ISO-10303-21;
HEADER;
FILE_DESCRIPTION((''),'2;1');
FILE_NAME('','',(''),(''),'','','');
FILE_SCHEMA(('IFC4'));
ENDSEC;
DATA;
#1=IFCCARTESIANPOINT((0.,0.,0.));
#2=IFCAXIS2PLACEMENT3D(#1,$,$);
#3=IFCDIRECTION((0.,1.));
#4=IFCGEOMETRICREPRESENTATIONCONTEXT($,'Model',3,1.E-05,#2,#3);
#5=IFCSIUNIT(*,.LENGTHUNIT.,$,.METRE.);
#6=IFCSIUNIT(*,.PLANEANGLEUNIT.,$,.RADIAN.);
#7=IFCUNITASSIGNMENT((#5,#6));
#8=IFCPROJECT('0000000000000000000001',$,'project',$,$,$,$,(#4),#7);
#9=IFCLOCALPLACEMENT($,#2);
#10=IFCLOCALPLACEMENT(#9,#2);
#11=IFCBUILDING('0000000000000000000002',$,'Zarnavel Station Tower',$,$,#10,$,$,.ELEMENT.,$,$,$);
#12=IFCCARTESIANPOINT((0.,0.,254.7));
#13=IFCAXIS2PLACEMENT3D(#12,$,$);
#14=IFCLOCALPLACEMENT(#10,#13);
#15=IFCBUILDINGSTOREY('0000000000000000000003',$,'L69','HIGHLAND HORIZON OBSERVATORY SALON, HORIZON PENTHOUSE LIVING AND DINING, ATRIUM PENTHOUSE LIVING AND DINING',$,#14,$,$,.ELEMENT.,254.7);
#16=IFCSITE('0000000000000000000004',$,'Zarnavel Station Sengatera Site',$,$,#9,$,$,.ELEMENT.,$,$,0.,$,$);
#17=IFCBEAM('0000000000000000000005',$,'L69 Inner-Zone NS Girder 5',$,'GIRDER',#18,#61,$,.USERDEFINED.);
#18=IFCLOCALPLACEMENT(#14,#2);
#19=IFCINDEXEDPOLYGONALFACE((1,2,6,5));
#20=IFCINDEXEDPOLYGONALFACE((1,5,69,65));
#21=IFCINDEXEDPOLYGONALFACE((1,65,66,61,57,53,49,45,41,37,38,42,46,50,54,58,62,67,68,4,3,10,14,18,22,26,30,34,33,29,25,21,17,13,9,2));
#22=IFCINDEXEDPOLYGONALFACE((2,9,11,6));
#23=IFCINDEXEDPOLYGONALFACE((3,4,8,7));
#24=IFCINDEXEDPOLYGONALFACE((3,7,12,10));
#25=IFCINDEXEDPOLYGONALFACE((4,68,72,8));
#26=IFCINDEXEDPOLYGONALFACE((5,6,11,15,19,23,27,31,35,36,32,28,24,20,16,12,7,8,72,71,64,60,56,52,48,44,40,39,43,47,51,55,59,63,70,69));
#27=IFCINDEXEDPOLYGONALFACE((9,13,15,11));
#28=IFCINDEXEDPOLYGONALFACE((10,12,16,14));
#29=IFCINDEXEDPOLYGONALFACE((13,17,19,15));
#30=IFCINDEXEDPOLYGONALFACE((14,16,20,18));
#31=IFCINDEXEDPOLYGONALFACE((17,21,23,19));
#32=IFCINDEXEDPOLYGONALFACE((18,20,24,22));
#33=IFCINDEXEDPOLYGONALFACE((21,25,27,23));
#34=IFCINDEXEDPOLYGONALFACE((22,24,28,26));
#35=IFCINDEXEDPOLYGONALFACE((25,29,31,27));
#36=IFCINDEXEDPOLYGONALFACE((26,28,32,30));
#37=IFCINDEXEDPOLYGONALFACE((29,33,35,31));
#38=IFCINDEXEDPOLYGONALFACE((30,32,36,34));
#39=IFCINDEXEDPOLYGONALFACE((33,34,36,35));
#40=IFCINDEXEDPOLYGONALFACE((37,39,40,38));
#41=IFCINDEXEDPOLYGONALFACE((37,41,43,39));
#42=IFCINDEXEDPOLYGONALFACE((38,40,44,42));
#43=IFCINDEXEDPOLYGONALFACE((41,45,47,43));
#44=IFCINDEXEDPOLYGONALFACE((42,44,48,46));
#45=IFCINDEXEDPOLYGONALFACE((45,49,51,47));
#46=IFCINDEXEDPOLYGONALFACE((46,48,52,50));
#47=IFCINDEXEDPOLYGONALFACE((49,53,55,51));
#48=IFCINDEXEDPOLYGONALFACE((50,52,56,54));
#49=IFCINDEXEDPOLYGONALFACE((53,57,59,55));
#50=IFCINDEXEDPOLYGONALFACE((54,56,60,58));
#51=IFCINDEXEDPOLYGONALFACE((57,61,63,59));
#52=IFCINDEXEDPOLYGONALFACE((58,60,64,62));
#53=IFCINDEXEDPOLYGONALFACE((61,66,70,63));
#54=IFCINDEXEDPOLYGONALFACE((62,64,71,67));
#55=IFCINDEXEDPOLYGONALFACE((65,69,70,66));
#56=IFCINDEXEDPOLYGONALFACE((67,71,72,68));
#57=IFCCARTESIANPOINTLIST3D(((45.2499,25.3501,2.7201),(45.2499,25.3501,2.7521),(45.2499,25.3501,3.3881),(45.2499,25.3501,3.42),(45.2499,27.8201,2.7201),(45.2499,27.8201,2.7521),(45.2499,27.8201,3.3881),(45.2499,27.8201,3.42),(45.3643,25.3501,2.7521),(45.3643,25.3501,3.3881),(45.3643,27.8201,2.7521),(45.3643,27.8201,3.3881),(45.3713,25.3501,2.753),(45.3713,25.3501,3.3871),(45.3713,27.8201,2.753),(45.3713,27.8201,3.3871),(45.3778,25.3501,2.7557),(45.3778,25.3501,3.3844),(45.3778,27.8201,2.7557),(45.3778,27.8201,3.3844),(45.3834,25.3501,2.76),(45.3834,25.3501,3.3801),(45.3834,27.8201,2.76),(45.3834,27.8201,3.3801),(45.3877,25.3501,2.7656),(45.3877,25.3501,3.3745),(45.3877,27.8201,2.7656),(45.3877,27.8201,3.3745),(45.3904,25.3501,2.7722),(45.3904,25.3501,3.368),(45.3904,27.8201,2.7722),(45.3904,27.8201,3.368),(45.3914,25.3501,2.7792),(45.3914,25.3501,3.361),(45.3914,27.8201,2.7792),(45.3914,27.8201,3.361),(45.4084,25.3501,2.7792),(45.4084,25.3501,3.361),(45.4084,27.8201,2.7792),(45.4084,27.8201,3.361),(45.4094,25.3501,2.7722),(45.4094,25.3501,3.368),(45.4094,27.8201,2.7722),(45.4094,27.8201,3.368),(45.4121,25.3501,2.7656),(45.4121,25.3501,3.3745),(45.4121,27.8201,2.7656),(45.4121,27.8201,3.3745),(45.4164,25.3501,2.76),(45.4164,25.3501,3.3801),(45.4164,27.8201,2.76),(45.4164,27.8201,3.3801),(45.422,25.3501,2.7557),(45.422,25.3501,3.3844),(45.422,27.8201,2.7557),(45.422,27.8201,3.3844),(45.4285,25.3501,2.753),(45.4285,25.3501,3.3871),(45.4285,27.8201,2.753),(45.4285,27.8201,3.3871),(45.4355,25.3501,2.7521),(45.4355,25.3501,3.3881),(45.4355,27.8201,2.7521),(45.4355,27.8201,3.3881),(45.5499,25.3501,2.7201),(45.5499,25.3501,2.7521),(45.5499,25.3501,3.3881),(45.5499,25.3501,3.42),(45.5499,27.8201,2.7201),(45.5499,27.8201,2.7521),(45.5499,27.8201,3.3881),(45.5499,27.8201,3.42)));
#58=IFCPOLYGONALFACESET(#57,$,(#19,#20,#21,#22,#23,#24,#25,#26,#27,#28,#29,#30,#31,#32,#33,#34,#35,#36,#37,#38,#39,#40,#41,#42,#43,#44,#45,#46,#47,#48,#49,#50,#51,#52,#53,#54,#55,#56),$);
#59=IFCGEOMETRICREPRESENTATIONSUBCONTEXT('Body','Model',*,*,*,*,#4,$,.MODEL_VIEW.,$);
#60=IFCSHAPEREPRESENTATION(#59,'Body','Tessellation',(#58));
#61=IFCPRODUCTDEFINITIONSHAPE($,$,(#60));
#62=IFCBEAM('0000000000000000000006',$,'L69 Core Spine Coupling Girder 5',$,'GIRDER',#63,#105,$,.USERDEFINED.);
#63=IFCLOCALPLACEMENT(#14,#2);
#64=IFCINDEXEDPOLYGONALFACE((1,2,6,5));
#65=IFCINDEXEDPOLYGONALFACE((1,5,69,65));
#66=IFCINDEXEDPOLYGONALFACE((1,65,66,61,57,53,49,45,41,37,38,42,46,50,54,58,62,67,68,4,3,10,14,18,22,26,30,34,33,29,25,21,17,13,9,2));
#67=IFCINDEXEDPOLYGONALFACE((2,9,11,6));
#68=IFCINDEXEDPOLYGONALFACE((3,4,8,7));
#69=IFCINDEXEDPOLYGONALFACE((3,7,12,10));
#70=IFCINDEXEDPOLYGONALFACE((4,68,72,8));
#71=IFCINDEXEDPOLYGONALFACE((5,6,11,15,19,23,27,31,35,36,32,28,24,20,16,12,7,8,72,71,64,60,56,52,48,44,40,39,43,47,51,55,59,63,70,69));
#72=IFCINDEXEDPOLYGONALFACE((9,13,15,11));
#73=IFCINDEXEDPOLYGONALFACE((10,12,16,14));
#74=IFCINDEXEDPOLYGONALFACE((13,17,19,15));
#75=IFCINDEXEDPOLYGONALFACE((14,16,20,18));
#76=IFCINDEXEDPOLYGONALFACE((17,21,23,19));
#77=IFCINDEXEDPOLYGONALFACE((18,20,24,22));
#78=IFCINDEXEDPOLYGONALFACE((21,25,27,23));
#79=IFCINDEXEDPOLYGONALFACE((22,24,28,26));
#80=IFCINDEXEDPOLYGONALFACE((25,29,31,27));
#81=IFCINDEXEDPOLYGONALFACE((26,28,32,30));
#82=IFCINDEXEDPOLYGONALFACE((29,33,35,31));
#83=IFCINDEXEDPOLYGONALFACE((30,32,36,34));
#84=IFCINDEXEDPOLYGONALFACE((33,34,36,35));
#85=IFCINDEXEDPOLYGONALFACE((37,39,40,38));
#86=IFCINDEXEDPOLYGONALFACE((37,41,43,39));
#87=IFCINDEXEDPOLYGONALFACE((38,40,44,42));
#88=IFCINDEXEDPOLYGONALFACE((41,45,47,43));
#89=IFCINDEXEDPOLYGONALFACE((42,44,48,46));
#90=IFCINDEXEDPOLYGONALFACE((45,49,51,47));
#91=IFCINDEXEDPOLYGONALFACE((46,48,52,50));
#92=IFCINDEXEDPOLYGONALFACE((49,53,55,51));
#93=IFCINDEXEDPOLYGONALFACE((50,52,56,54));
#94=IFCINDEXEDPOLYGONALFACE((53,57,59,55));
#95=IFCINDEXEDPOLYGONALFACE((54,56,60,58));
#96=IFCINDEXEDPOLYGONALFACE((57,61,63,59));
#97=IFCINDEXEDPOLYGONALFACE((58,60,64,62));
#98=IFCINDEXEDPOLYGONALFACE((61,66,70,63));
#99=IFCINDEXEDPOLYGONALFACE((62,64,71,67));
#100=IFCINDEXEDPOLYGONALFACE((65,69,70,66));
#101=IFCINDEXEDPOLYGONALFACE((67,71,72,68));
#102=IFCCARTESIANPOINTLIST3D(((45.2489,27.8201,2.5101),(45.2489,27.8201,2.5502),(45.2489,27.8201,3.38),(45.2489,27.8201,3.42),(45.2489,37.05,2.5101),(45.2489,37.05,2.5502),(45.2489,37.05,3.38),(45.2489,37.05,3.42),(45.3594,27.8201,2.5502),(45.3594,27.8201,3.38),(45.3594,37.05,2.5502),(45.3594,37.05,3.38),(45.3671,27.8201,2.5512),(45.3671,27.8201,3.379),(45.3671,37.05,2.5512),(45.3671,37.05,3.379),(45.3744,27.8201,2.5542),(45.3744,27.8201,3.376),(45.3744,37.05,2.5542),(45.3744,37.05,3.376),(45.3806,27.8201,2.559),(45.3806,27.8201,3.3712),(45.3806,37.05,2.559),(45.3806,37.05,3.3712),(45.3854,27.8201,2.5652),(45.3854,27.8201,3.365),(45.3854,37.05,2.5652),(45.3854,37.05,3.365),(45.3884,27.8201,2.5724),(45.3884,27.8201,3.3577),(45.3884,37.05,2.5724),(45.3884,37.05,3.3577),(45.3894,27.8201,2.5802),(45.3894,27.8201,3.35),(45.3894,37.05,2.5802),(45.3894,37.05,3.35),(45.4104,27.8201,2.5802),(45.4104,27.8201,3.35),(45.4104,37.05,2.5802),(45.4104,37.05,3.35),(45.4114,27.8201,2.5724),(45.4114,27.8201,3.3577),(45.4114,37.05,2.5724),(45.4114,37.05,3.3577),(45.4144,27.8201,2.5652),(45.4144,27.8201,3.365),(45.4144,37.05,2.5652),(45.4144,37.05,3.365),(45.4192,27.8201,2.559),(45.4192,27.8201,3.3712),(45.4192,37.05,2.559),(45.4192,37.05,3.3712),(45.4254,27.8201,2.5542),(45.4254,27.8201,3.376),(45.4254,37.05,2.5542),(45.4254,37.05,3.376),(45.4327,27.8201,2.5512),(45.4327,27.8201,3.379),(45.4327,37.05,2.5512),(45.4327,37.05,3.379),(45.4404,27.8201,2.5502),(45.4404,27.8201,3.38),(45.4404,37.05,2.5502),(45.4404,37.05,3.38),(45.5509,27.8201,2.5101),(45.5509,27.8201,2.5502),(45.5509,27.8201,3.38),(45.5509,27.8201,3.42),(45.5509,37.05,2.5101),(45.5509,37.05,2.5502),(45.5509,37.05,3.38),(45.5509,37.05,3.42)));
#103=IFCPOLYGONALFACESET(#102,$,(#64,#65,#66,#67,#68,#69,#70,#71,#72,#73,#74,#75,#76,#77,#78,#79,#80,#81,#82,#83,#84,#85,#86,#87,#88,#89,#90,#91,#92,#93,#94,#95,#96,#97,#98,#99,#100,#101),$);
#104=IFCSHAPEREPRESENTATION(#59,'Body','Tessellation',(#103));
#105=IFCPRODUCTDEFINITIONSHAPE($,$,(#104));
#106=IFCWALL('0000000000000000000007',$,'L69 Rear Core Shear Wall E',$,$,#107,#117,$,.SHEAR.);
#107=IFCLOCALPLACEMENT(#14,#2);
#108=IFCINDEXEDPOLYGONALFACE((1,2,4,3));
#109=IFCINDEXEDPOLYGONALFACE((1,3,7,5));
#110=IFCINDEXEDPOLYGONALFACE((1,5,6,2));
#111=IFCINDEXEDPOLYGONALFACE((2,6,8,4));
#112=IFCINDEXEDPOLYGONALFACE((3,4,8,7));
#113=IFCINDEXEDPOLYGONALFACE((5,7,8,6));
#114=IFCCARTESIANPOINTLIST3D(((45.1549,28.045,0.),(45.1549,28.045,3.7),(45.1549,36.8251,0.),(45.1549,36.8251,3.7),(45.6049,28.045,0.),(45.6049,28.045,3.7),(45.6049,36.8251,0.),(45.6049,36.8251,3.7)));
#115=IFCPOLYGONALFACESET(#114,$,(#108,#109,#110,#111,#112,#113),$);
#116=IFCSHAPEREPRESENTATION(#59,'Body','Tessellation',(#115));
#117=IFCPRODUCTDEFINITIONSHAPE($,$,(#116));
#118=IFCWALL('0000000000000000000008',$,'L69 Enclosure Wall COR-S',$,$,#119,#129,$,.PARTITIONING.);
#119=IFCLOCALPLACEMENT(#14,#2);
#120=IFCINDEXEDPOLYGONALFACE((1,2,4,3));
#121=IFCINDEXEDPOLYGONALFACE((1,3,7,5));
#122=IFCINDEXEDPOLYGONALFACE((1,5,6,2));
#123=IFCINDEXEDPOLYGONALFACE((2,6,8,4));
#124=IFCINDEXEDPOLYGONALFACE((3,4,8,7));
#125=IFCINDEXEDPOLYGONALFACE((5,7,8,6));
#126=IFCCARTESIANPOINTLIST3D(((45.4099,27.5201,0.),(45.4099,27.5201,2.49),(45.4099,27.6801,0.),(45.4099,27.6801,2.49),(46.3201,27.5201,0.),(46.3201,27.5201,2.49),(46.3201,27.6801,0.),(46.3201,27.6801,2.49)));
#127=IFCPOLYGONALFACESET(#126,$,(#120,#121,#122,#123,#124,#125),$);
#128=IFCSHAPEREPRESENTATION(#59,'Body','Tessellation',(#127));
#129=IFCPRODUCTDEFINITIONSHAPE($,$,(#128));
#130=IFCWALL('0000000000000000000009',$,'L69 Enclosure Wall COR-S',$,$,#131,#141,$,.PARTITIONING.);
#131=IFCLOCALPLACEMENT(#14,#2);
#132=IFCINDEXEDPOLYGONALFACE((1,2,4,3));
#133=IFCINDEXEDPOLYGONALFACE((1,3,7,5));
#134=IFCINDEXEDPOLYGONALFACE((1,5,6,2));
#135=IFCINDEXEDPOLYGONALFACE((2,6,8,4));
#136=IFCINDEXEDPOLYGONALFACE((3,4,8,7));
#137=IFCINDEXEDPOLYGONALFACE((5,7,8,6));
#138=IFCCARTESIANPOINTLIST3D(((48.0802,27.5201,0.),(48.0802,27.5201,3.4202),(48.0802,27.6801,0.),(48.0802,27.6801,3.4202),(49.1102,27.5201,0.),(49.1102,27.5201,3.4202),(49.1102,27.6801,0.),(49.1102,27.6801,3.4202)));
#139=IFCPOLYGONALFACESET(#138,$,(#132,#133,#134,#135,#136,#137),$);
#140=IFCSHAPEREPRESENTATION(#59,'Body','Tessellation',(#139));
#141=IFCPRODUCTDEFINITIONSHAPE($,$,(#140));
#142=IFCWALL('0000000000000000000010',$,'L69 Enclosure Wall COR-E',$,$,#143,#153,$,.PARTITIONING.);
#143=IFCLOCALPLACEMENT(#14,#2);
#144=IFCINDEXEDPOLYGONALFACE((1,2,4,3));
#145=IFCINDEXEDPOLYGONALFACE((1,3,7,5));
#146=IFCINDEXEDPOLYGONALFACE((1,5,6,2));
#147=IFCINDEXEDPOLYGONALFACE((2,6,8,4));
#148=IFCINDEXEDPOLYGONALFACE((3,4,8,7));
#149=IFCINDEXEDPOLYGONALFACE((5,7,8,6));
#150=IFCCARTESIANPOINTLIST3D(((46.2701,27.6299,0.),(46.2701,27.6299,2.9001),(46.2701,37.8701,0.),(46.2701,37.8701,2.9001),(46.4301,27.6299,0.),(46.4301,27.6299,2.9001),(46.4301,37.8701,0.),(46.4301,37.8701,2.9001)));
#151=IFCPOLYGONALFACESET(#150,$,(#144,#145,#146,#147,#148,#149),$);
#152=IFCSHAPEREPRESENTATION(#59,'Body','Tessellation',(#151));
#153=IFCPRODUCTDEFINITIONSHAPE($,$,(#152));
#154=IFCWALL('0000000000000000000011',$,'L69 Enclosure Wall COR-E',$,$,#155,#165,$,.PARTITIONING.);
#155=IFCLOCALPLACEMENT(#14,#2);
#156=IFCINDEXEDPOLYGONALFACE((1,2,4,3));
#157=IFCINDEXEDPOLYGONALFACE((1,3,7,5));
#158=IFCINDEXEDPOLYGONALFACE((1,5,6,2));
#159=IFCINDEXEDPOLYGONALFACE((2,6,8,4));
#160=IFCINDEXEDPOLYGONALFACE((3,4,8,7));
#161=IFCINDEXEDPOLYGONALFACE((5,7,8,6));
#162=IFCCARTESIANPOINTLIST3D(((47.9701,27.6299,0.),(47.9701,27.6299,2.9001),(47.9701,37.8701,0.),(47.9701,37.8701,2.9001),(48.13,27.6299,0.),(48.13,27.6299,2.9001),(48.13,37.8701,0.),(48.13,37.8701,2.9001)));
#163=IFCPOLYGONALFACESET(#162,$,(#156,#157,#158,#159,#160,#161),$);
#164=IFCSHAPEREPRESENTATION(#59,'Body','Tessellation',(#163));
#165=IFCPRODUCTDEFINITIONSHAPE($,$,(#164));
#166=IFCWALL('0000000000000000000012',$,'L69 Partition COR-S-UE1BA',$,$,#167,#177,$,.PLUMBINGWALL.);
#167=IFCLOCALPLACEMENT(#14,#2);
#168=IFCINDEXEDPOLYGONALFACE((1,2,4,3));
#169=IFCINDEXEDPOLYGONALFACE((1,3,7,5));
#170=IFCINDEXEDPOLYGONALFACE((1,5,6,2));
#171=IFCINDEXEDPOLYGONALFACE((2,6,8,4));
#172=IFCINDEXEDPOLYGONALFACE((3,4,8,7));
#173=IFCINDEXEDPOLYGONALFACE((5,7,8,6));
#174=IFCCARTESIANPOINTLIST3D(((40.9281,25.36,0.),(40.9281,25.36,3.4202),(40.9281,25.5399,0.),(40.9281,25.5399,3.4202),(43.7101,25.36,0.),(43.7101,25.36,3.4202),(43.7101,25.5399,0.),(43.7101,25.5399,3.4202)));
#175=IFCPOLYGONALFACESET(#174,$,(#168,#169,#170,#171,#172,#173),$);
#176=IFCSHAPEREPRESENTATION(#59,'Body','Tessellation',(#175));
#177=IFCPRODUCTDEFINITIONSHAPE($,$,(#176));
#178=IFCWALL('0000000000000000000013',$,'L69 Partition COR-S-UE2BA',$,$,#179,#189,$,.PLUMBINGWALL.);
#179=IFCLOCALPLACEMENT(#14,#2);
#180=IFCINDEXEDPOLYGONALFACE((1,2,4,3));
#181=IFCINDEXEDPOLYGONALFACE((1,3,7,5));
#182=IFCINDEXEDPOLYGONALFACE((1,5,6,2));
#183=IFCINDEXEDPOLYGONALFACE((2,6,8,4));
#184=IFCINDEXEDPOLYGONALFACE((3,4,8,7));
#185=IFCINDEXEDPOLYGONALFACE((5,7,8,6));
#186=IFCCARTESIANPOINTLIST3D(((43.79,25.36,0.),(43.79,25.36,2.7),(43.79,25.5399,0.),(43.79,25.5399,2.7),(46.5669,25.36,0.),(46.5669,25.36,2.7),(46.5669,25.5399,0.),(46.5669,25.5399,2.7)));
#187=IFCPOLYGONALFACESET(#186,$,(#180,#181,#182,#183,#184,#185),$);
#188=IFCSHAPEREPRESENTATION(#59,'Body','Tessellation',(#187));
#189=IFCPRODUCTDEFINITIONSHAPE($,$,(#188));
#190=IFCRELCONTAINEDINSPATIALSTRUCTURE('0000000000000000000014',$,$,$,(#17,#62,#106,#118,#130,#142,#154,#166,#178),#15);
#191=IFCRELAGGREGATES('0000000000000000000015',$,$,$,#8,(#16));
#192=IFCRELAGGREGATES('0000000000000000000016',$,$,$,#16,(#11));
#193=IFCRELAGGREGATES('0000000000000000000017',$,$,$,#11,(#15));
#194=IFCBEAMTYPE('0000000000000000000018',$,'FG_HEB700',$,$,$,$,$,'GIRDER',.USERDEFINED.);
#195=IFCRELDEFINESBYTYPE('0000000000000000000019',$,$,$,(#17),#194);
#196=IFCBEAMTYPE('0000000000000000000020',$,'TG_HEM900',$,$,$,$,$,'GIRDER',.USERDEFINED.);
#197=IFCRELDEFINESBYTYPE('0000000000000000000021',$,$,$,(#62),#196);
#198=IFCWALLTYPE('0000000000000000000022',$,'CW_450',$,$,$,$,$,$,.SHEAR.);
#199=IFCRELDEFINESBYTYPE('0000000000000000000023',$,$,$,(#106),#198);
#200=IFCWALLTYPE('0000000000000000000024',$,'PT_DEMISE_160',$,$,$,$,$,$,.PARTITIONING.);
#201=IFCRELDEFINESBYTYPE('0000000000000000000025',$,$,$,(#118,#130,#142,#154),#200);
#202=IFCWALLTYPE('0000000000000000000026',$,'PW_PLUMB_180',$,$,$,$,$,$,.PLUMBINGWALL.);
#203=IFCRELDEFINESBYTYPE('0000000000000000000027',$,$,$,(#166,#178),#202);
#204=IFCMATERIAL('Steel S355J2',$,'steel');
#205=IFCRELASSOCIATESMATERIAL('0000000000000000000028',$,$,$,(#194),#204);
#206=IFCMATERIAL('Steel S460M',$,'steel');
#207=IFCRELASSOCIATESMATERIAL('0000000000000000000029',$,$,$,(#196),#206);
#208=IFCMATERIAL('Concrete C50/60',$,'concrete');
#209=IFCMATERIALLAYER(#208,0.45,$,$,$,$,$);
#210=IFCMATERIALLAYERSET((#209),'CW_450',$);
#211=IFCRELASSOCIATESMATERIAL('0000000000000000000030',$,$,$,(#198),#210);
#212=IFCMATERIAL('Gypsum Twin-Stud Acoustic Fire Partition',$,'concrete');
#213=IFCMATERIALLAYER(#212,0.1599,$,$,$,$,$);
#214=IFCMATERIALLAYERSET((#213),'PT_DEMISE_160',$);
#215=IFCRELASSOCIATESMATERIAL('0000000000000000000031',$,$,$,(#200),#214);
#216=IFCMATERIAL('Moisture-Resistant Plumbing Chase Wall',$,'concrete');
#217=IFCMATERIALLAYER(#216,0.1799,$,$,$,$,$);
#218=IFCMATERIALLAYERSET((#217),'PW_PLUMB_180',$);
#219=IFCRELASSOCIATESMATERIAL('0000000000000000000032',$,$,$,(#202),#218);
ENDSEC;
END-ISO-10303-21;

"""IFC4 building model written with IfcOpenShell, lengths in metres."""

from ifc_helpers import new_model, si_unit, direction, frame, frame_2d, origin, origin_2d, place, context, subcontext, project, spatial, rectangle, i_section, extrude, material, layer, layer_set, material_profile, profile_set, type_object, element, save


model = new_model("IFC4")

# Units and contexts
model_context = context("Model", 3, precision=1e-05, world=origin(), true_north=direction((0.0, 1.0)))
body_context = subcontext(model_context, "Body", "Model", "MODEL_VIEW")
ifc_project = project(units=[si_unit("LENGTHUNIT", "METRE"), si_unit("PLANEANGLEUNIT", "RADIAN")], contexts=[model_context])

# Site, building, storey
site_placement = place(None, origin())
site = spatial("IfcSite", under=ifc_project, at=site_placement, Name="Zarnavel Station Sengatera Site", CompositionType="ELEMENT", RefElevation=0.0)
building_placement = place(site_placement, origin())
building = spatial("IfcBuilding", under=site, at=building_placement, Name="Zarnavel Station Tower", CompositionType="ELEMENT")
storey_placement = place(building_placement, frame((0.0, 0.0, 254.7)))
storey = spatial("IfcBuildingStorey", under=building, at=storey_placement, Name="L69", Description="HIGHLAND HORIZON OBSERVATORY SALON, HORIZON PENTHOUSE LIVING AND DINING, ATRIUM PENTHOUSE LIVING AND DINING", CompositionType="ELEMENT", Elevation=254.7)

# Beams
ifc_material_1 = material(Name="Steel S355J2", Category="steel")
ifc_material_profile_1 = material_profile(ifc_material_1, i_section(OverallWidth=0.3, OverallDepth=0.7, WebThickness=0.0171, FlangeThickness=0.032, FilletRadius=0.0271, at=origin_2d()), Name="HEB700")
ifc_profile_set_1 = profile_set([ifc_material_profile_1], Name="Steel S355J2")
beam_type_1 = type_object("IfcBeamType", Name="FG_HEB700", ElementType="GIRDER", PredefinedType="USERDEFINED", material=ifc_profile_set_1)
beam_1_placement = place(storey_placement, frame((45.3999, 25.3501, 3.0701), z_axis=(0.0, 1.0, 0.0), x_axis=(-1.0, 0.0, 0.0)))
element("IfcBeam", 1, at=beam_1_placement, inside=storey, type_object=beam_type_1, Name="L69 Inner-Zone NS Girder 5", ObjectType="GIRDER", PredefinedType="USERDEFINED", context=body_context, shape_type="SweptSolid", body=[
    extrude(i_section(OverallWidth=0.3, OverallDepth=0.7, WebThickness=0.0171, FlangeThickness=0.032, FilletRadius=0.0271, at=origin_2d()), origin(), (0.0, 0.0, 1.0), 2.47),
])
ifc_material_2 = material(Name="Steel S460M", Category="steel")
ifc_material_profile_2 = material_profile(ifc_material_2, i_section(OverallWidth=0.302, OverallDepth=0.9099, WebThickness=0.021, FlangeThickness=0.04, FilletRadius=0.03, at=origin_2d()), Name="HEM900")
ifc_profile_set_2 = profile_set([ifc_material_profile_2], Name="Steel S460M")
beam_type_2 = type_object("IfcBeamType", Name="TG_HEM900", ElementType="GIRDER", PredefinedType="USERDEFINED", material=ifc_profile_set_2)
beam_2_placement = place(storey_placement, frame((45.3999, 27.8201, 2.9651), z_axis=(0.0, 1.0, 0.0), x_axis=(-1.0, 0.0, 0.0)))
element("IfcBeam", 2, at=beam_2_placement, inside=storey, type_object=beam_type_2, Name="L69 Core Spine Coupling Girder 5", ObjectType="GIRDER", PredefinedType="USERDEFINED", context=body_context, shape_type="SweptSolid", body=[
    extrude(i_section(OverallWidth=0.302, OverallDepth=0.9099, WebThickness=0.021, FlangeThickness=0.04, FilletRadius=0.03, at=origin_2d()), origin(), (0.0, 0.0, 1.0), 9.23),
])

# Shared definitions
ifc_material_3 = material(Name="Concrete C50/60", Category="concrete")
ifc_layer_1 = layer(ifc_material_3, 0.45)
ifc_layer_set_1 = layer_set([ifc_layer_1], Name="CW_450")
wall_type_1 = type_object("IfcWallType", Name="CW_450", PredefinedType="SHEAR", material=ifc_layer_set_1)

# Wall
wall_1_placement = place(storey_placement, frame((45.3799, 28.0449, 0.0), z_axis=(0.0, 0.0, 1.0), x_axis=(0.0, 1.0, 0.0)))
element("IfcWall", 3, at=wall_1_placement, inside=storey, type_object=wall_type_1, Name="L69 Rear Core Shear Wall E", PredefinedType="SHEAR", context=body_context, shape_type="SweptSolid", body=[
    extrude(rectangle(XDim=8.78, YDim=0.45, at=frame_2d((4.3901, 0.0))), origin(), (0.0, 0.0, 1.0), 3.7),
])

# Shared definitions
ifc_material_4 = material(Name="Gypsum Twin-Stud Acoustic Fire Partition", Category="concrete")
ifc_layer_2 = layer(ifc_material_4, 0.1599)
ifc_layer_set_2 = layer_set([ifc_layer_2], Name="PT_DEMISE_160")
wall_type_2 = type_object("IfcWallType", Name="PT_DEMISE_160", PredefinedType="PARTITIONING", material=ifc_layer_set_2)

# Walls
wall_2_placement = place(storey_placement, frame((45.4099, 27.6001, 0.0), z_axis=(0.0, 0.0, 1.0), x_axis=(1.0, 0.0, 0.0)))
element("IfcWall", 4, at=wall_2_placement, inside=storey, type_object=wall_type_2, Name="L69 Enclosure Wall COR-S", PredefinedType="PARTITIONING", context=body_context, shape_type="SweptSolid", body=[
    extrude(rectangle(XDim=0.9102, YDim=0.1599, at=frame_2d((0.4551, 0.0))), origin(), (0.0, 0.0, 1.0), 2.49),
])
wall_3_placement = place(storey_placement, frame((48.0801, 27.6001, 0.0), z_axis=(0.0, 0.0, 1.0), x_axis=(1.0, 0.0, 0.0)))
element("IfcWall", 5, at=wall_3_placement, inside=storey, type_object=wall_type_2, Name="L69 Enclosure Wall COR-S", PredefinedType="PARTITIONING", context=body_context, shape_type="SweptSolid", body=[
    extrude(rectangle(XDim=1.03, YDim=0.1599, at=frame_2d((0.5151, 0.0))), origin(), (0.0, 0.0, 1.0), 3.4202),
])
for number, where, z_axis, x_axis, name in (
    (6, (46.3501, 27.6299, 0.0), (0.0, 0.0, 1.0), (0.0, 1.0, 0.0), "L69 Enclosure Wall COR-E"),
    (7, (48.05, 27.6299, 0.0), (0.0, 0.0, 1.0), (0.0, 1.0, 0.0), "L69 Enclosure Wall COR-E"),
):
    element("IfcWall", number, at=place(storey_placement, frame(where, z_axis=z_axis, x_axis=x_axis)), inside=storey, type_object=wall_type_2, Name=name, PredefinedType="PARTITIONING", context=body_context, shape_type="SweptSolid", body=[
        extrude(rectangle(XDim=10.2402, YDim=0.1599, at=frame_2d((5.1201, 0.0))), origin(), (0.0, 0.0, 1.0), 2.9001),
    ])
ifc_material_5 = material(Name="Moisture-Resistant Plumbing Chase Wall", Category="concrete")
ifc_layer_3 = layer(ifc_material_5, 0.1799)
ifc_layer_set_3 = layer_set([ifc_layer_3], Name="PW_PLUMB_180")
wall_type_3 = type_object("IfcWallType", Name="PW_PLUMB_180", PredefinedType="PLUMBINGWALL", material=ifc_layer_set_3)
wall_4_placement = place(storey_placement, frame((40.928, 25.45, 0.0), z_axis=(0.0, 0.0, 1.0), x_axis=(1.0, 0.0, 0.0)))
element("IfcWall", 8, at=wall_4_placement, inside=storey, type_object=wall_type_3, Name="L69 Partition COR-S-UE1BA", PredefinedType="PLUMBINGWALL", context=body_context, shape_type="SweptSolid", body=[
    extrude(rectangle(XDim=2.782, YDim=0.1799, at=frame_2d((1.3911, 0.0))), origin(), (0.0, 0.0, 1.0), 3.4202),
])
wall_5_placement = place(storey_placement, frame((43.79, 25.45, 0.0), z_axis=(0.0, 0.0, 1.0), x_axis=(1.0, 0.0, 0.0)))
element("IfcWall", 9, at=wall_5_placement, inside=storey, type_object=wall_type_3, Name="L69 Partition COR-S-UE2BA", PredefinedType="PLUMBINGWALL", context=body_context, shape_type="SweptSolid", body=[
    extrude(rectangle(XDim=2.7769, YDim=0.1799, at=frame_2d((1.3884, 0.0))), origin(), (0.0, 0.0, 1.0), 2.7),
])

save(model, "model.ifc")
